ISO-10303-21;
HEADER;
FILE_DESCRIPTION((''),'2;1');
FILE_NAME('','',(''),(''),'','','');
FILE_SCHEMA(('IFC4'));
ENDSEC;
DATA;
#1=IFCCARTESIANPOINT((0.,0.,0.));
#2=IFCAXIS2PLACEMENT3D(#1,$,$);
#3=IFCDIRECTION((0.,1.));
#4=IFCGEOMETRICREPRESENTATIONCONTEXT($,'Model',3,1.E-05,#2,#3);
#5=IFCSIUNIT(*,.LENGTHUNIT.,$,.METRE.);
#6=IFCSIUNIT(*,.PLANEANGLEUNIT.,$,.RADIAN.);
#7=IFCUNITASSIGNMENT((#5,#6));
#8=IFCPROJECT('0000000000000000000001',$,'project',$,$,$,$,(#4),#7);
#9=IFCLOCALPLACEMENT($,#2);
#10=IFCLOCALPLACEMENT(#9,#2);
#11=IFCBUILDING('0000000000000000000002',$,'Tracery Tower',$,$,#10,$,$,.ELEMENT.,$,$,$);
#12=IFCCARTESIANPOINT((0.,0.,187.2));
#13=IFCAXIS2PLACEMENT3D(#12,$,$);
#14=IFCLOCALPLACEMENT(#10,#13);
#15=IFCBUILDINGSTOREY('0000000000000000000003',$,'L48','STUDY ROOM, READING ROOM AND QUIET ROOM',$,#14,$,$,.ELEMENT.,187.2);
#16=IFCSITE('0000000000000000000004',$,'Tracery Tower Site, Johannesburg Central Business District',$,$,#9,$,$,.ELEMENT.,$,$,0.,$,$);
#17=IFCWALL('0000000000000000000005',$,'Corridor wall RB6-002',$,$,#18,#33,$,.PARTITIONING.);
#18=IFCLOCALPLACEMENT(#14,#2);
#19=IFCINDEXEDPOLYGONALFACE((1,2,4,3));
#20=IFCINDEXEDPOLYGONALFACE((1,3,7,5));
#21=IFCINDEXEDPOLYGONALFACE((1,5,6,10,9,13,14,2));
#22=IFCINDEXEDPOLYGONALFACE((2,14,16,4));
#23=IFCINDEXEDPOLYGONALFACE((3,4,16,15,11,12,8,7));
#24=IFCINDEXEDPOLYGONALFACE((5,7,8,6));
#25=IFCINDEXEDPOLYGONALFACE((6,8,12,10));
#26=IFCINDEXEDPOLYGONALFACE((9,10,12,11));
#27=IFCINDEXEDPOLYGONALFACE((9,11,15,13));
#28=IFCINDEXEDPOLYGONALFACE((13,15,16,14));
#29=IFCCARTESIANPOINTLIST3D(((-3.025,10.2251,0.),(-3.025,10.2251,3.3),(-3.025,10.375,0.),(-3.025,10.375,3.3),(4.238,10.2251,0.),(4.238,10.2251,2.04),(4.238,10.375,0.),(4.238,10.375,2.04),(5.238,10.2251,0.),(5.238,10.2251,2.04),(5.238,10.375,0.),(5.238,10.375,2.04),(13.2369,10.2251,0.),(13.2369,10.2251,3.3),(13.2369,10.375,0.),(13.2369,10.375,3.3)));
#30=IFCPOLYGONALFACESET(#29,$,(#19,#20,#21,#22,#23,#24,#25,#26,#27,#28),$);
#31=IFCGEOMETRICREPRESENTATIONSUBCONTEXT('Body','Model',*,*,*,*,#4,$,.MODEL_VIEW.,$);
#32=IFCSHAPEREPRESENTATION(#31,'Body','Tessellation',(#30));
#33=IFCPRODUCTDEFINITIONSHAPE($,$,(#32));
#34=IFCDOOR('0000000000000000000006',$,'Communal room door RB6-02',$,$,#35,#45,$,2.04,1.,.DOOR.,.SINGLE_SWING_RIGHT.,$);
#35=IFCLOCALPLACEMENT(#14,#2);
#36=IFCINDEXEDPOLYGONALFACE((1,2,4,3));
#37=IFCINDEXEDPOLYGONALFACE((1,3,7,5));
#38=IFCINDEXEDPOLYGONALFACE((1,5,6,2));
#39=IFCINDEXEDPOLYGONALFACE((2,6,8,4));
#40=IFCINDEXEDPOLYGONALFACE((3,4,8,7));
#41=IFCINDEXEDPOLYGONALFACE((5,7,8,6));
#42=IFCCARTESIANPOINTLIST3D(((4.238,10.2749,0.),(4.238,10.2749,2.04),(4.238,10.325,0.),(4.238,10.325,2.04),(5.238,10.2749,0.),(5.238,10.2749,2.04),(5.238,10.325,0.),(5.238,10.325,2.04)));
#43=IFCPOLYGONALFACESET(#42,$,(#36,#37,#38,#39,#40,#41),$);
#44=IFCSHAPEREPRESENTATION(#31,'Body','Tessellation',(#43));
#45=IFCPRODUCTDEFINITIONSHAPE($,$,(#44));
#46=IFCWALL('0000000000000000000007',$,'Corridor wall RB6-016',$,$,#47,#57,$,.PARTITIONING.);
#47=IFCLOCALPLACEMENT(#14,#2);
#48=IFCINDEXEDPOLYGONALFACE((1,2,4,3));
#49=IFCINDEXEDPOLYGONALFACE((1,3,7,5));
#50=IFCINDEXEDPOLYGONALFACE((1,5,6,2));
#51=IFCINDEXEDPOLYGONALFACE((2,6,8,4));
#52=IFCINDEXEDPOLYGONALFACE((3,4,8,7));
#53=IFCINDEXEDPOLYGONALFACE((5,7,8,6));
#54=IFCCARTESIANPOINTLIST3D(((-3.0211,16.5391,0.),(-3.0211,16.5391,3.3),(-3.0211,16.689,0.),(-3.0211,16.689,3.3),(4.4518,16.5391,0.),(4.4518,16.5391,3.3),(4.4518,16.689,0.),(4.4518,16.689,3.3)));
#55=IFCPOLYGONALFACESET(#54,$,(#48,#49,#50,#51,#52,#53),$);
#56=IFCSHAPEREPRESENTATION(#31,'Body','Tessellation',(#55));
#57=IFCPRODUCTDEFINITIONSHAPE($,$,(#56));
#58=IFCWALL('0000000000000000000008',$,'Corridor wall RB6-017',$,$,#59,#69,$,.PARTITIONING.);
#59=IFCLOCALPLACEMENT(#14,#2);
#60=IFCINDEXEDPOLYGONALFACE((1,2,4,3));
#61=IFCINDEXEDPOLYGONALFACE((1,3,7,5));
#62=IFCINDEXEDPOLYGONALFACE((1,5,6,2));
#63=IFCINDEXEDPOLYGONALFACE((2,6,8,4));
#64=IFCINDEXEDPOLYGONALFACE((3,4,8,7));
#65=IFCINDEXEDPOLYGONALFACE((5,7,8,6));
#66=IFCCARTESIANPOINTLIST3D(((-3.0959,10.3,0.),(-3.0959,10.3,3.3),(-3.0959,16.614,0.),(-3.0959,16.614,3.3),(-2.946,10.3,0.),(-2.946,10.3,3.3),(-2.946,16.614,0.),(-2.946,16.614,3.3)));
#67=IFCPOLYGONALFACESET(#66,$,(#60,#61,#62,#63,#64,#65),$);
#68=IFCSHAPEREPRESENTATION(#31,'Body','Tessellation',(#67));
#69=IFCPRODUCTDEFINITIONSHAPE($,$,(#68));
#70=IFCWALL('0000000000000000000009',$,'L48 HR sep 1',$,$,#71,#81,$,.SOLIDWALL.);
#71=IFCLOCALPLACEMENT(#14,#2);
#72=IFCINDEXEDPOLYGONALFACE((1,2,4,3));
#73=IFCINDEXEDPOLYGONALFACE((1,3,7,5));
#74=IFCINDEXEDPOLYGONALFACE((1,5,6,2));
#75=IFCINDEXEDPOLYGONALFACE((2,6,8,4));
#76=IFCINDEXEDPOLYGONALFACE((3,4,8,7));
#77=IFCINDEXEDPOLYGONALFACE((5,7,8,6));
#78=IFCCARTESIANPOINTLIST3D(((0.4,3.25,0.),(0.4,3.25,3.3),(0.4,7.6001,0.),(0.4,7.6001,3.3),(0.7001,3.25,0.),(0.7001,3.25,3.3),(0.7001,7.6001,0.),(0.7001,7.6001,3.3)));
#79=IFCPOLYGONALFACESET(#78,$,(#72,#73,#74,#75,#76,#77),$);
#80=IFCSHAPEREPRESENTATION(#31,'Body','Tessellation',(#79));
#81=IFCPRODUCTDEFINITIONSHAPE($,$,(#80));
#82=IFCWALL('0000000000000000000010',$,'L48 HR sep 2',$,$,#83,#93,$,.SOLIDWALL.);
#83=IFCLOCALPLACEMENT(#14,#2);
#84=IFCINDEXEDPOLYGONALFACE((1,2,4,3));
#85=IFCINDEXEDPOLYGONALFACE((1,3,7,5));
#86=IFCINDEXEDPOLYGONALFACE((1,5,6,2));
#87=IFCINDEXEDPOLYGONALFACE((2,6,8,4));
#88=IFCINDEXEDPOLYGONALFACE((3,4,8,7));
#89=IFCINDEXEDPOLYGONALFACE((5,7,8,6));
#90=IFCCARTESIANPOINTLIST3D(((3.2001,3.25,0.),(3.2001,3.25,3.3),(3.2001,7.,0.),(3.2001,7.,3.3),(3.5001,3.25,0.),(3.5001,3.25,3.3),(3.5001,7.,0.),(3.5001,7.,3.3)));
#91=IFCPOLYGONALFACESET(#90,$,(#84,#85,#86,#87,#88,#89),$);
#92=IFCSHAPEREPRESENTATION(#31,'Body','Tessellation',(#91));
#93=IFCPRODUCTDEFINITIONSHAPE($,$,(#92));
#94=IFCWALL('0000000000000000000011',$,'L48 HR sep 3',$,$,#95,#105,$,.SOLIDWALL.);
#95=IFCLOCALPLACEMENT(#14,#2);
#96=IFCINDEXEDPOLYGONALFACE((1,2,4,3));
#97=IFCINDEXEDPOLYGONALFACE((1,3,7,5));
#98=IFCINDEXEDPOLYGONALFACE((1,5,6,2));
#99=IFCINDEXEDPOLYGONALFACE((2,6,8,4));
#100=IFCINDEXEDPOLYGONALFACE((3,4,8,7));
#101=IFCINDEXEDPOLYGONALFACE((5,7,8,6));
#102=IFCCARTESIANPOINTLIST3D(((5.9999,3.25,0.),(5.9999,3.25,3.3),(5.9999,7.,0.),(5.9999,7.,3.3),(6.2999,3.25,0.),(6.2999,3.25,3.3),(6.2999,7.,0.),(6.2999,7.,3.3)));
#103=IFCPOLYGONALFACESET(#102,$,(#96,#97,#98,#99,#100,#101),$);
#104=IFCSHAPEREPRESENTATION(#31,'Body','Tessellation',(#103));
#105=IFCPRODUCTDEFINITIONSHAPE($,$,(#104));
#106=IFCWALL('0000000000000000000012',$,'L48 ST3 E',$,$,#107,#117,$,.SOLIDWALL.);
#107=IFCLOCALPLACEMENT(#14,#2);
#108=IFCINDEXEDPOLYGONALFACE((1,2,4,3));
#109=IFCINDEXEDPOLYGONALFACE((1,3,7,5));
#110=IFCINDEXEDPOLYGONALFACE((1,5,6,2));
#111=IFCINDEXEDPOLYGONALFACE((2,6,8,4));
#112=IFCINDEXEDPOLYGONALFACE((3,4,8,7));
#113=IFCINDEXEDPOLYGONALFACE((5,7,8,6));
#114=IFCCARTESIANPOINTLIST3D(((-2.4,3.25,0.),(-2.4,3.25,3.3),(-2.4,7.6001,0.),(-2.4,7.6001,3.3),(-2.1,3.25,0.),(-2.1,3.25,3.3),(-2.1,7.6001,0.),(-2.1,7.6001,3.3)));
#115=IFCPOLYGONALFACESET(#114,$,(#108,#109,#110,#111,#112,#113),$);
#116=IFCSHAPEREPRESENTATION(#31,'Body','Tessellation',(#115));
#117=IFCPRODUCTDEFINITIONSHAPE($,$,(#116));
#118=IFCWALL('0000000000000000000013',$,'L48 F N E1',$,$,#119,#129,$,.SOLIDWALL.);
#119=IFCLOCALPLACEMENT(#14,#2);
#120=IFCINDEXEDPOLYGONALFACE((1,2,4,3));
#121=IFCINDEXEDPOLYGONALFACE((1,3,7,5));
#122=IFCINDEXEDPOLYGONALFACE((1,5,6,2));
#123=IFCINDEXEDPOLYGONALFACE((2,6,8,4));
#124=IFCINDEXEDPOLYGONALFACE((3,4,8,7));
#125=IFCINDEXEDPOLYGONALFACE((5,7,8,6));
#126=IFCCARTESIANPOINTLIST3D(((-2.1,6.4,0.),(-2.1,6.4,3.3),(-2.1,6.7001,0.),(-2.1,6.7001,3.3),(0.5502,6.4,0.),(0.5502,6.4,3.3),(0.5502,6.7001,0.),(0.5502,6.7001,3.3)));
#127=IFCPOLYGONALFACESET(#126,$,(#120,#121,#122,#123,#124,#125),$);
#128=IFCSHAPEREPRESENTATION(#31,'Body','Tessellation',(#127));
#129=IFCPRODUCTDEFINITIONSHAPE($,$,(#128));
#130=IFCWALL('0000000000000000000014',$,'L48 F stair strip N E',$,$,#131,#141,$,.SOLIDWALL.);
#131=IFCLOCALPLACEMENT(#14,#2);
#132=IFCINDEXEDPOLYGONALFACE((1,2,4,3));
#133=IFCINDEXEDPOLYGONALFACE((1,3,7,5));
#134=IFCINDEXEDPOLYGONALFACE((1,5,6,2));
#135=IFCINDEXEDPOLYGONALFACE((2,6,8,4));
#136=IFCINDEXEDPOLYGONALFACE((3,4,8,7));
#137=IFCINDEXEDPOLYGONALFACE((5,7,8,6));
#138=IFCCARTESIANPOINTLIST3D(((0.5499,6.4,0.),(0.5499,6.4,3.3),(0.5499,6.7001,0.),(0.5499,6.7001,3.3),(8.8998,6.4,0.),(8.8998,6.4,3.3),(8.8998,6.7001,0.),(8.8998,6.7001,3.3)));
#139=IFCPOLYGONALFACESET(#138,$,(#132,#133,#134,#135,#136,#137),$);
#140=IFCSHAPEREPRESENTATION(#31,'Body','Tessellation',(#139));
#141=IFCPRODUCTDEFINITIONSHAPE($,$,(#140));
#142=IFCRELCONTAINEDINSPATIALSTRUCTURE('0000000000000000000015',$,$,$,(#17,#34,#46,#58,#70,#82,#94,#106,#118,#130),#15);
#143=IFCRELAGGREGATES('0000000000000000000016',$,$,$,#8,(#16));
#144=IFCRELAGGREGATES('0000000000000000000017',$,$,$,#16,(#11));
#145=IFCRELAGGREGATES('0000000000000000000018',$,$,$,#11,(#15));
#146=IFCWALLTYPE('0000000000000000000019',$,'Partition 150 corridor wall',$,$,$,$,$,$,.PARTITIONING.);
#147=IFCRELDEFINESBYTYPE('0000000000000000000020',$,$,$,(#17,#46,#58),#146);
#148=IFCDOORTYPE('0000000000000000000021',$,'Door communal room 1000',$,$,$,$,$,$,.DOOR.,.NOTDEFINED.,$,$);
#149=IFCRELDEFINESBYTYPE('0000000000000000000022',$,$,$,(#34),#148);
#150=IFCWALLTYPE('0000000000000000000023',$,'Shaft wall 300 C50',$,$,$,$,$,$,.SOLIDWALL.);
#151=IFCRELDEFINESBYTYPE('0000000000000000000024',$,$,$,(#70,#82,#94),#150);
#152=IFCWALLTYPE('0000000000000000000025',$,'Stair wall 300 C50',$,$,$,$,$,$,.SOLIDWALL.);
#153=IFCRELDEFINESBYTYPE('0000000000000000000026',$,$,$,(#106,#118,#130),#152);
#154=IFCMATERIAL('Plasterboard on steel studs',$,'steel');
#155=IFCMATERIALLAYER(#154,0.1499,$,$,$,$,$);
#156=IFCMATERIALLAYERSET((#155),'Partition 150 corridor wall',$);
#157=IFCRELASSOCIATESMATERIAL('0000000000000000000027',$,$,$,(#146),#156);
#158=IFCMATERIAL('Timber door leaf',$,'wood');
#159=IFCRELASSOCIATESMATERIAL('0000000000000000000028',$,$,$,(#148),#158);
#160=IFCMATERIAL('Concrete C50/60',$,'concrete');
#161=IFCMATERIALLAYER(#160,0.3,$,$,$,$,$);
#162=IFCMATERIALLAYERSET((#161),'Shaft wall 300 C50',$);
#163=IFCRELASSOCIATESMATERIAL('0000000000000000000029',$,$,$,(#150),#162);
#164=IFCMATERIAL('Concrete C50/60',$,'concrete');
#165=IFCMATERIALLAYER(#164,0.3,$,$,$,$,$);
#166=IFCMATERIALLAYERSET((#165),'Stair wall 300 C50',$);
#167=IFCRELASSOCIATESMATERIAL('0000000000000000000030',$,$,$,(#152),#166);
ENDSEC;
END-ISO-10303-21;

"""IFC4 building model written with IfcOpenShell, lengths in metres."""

from ifc_helpers import new_model, si_unit, direction, frame, frame_2d, origin, place, context, subcontext, project, spatial, rectangle, extrude, material, layer, layer_set, type_object, element, fill, save


model = new_model("IFC4")

# Units and contexts
model_context = context("Model", 3, precision=1e-05, world=origin(), true_north=direction((0.0, 1.0)))
body_context = subcontext(model_context, "Body", "Model", "MODEL_VIEW")
ifc_project = project(units=[si_unit("LENGTHUNIT", "METRE"), si_unit("PLANEANGLEUNIT", "RADIAN")], contexts=[model_context])

# Site, building, storey
site_placement = place(None, origin())
site = spatial("IfcSite", under=ifc_project, at=site_placement, Name="Tracery Tower Site, Johannesburg Central Business District", CompositionType="ELEMENT", RefElevation=0.0)
building_placement = place(site_placement, origin())
building = spatial("IfcBuilding", under=site, at=building_placement, Name="Tracery Tower", CompositionType="ELEMENT")
storey_placement = place(building_placement, frame((0.0, 0.0, 187.2)))
storey = spatial("IfcBuildingStorey", under=building, at=storey_placement, Name="L48", Description="STUDY ROOM, READING ROOM AND QUIET ROOM", CompositionType="ELEMENT", Elevation=187.2)

# Wall, opening, door
ifc_material_1 = material(Name="Plasterboard on steel studs", Category="steel")
ifc_layer_1 = layer(ifc_material_1, 0.1499)
ifc_layer_set_1 = layer_set([ifc_layer_1], Name="Partition 150 corridor wall")
wall_type_1 = type_object("IfcWallType", Name="Partition 150 corridor wall", PredefinedType="PARTITIONING", material=ifc_layer_set_1)
wall_1_placement = place(storey_placement, frame((-3.0249, 10.3, 0.0), z_axis=(0.0, 0.0, 1.0), x_axis=(1.0, 0.0, 0.0)))
wall_1 = element("IfcWall", 1, at=wall_1_placement, inside=storey, type_object=wall_type_1, Name="Corridor wall RB6-002", PredefinedType="PARTITIONING", context=body_context, shape_type="SweptSolid", body=[
    extrude(rectangle(XDim=16.262, YDim=0.1499, at=frame_2d((8.1309, 0.0))), origin(), (0.0, 0.0, 1.0), 3.3),
])
opening_1_placement = place(wall_1_placement, frame((7.2629, 0.0, 0.0)))
opening_1 = element("IfcOpeningElement", 2, at=opening_1_placement, cuts=wall_1, PredefinedType="OPENING", context=body_context, shape_type="SweptSolid", body=[
    extrude(rectangle(XDim=1.0, YDim=2.04, at=frame_2d((0.5, 1.02))), frame((0.0, 0.075, 0.0), z_axis=(0.0, -1.0, 0.0), x_axis=(1.0, 0.0, 0.0)), (0.0, 0.0, 1.0), 0.1499),
])
ifc_material_2 = material(Name="Timber door leaf", Category="wood")
door_type_1 = type_object("IfcDoorType", Name="Door communal room 1000", OperationType="NOTDEFINED", PredefinedType="DOOR", material=ifc_material_2)
door_1_placement = place(opening_1_placement, origin())
door_1 = element("IfcDoor", 3, at=door_1_placement, inside=storey, type_object=door_type_1, Name="Communal room door RB6-02", OperationType="SINGLE_SWING_RIGHT", OverallHeight=2.04, OverallWidth=1.0, PredefinedType="DOOR", context=body_context, shape_type="SweptSolid", body=[
    extrude(rectangle(XDim=1.0, YDim=2.04, at=frame_2d((0.5, 1.02))), frame((0.0, 0.0249, 0.0), z_axis=(0.0, -1.0, 0.0), x_axis=(1.0, 0.0, 0.0)), (0.0, 0.0, 1.0), 0.05),
])
fill(opening_1, door_1)

# Walls
wall_2_placement = place(storey_placement, frame((-3.021, 16.614, 0.0), z_axis=(0.0, 0.0, 1.0), x_axis=(1.0, 0.0, 0.0)))
element("IfcWall", 4, at=wall_2_placement, inside=storey, type_object=wall_type_1, Name="Corridor wall RB6-016", PredefinedType="PARTITIONING", context=body_context, shape_type="SweptSolid", body=[
    extrude(rectangle(XDim=7.4729, YDim=0.1499, at=frame_2d((3.7363, 0.0))), origin(), (0.0, 0.0, 1.0), 3.3),
])
wall_3_placement = place(storey_placement, frame((-3.021, 10.3, 0.0), z_axis=(0.0, 0.0, 1.0), x_axis=(0.0, 1.0, 0.0)))
element("IfcWall", 5, at=wall_3_placement, inside=storey, type_object=wall_type_1, Name="Corridor wall RB6-017", PredefinedType="PARTITIONING", context=body_context, shape_type="SweptSolid", body=[
    extrude(rectangle(XDim=6.314, YDim=0.1499, at=frame_2d((3.157, 0.0))), origin(), (0.0, 0.0, 1.0), 3.3),
])
ifc_material_3 = material(Name="Concrete C50/60", Category="concrete")
ifc_layer_2 = layer(ifc_material_3, 0.3)
ifc_layer_set_2 = layer_set([ifc_layer_2], Name="Shaft wall 300 C50")
wall_type_2 = type_object("IfcWallType", Name="Shaft wall 300 C50", PredefinedType="SOLIDWALL", material=ifc_layer_set_2)
wall_4_placement = place(storey_placement, frame((0.55, 3.25, 0.0), z_axis=(0.0, 0.0, 1.0), x_axis=(0.0, 1.0, 0.0)))
element("IfcWall", 6, at=wall_4_placement, inside=storey, type_object=wall_type_2, Name="L48 HR sep 1", PredefinedType="SOLIDWALL", context=body_context, shape_type="SweptSolid", body=[
    extrude(rectangle(XDim=4.3501, YDim=0.3, at=frame_2d((2.175, 0.0))), origin(), (0.0, 0.0, 1.0), 3.3),
])
for number, where, z_axis, x_axis, name in (
    (7, (3.3501, 3.25, 0.0), (0.0, 0.0, 1.0), (0.0, 1.0, 0.0), "L48 HR sep 2"),
    (8, (6.1499, 3.25, 0.0), (0.0, 0.0, 1.0), (0.0, 1.0, 0.0), "L48 HR sep 3"),
):
    element("IfcWall", number, at=place(storey_placement, frame(where, z_axis=z_axis, x_axis=x_axis)), inside=storey, type_object=wall_type_2, Name=name, PredefinedType="SOLIDWALL", context=body_context, shape_type="SweptSolid", body=[
        extrude(rectangle(XDim=3.75, YDim=0.3, at=frame_2d((1.875, 0.0))), origin(), (0.0, 0.0, 1.0), 3.3),
    ])

# Walls
ifc_material_4 = material(Name="Concrete C50/60", Category="concrete")
ifc_layer_3 = layer(ifc_material_4, 0.3)
ifc_layer_set_3 = layer_set([ifc_layer_3], Name="Stair wall 300 C50")
wall_type_3 = type_object("IfcWallType", Name="Stair wall 300 C50", PredefinedType="SOLIDWALL", material=ifc_layer_set_3)
wall_5_placement = place(storey_placement, frame((-2.25, 3.25, 0.0), z_axis=(0.0, 0.0, 1.0), x_axis=(0.0, 1.0, 0.0)))
element("IfcWall", 9, at=wall_5_placement, inside=storey, type_object=wall_type_3, Name="L48 ST3 E", PredefinedType="SOLIDWALL", context=body_context, shape_type="SweptSolid", body=[
    extrude(rectangle(XDim=4.3501, YDim=0.3, at=frame_2d((2.175, 0.0))), origin(), (0.0, 0.0, 1.0), 3.3),
])
wall_6_placement = place(storey_placement, frame((-2.1001, 6.55, 0.0), z_axis=(0.0, 0.0, 1.0), x_axis=(1.0, 0.0, 0.0)))
element("IfcWall", 10, at=wall_6_placement, inside=storey, type_object=wall_type_3, Name="L48 F N E1", PredefinedType="SOLIDWALL", context=body_context, shape_type="SweptSolid", body=[
    extrude(rectangle(XDim=2.6501, YDim=0.3, at=frame_2d((1.3252, 0.0))), origin(), (0.0, 0.0, 1.0), 3.3),
])
wall_7_placement = place(storey_placement, frame((0.55, 6.55, 0.0), z_axis=(0.0, 0.0, 1.0), x_axis=(1.0, 0.0, 0.0)))
element("IfcWall", 11, at=wall_7_placement, inside=storey, type_object=wall_type_3, Name="L48 F stair strip N E", PredefinedType="SOLIDWALL", context=body_context, shape_type="SweptSolid", body=[
    extrude(rectangle(XDim=8.3499, YDim=0.3, at=frame_2d((4.1748, 0.0))), origin(), (0.0, 0.0, 1.0), 3.3),
])

save(model, "model.ifc")
